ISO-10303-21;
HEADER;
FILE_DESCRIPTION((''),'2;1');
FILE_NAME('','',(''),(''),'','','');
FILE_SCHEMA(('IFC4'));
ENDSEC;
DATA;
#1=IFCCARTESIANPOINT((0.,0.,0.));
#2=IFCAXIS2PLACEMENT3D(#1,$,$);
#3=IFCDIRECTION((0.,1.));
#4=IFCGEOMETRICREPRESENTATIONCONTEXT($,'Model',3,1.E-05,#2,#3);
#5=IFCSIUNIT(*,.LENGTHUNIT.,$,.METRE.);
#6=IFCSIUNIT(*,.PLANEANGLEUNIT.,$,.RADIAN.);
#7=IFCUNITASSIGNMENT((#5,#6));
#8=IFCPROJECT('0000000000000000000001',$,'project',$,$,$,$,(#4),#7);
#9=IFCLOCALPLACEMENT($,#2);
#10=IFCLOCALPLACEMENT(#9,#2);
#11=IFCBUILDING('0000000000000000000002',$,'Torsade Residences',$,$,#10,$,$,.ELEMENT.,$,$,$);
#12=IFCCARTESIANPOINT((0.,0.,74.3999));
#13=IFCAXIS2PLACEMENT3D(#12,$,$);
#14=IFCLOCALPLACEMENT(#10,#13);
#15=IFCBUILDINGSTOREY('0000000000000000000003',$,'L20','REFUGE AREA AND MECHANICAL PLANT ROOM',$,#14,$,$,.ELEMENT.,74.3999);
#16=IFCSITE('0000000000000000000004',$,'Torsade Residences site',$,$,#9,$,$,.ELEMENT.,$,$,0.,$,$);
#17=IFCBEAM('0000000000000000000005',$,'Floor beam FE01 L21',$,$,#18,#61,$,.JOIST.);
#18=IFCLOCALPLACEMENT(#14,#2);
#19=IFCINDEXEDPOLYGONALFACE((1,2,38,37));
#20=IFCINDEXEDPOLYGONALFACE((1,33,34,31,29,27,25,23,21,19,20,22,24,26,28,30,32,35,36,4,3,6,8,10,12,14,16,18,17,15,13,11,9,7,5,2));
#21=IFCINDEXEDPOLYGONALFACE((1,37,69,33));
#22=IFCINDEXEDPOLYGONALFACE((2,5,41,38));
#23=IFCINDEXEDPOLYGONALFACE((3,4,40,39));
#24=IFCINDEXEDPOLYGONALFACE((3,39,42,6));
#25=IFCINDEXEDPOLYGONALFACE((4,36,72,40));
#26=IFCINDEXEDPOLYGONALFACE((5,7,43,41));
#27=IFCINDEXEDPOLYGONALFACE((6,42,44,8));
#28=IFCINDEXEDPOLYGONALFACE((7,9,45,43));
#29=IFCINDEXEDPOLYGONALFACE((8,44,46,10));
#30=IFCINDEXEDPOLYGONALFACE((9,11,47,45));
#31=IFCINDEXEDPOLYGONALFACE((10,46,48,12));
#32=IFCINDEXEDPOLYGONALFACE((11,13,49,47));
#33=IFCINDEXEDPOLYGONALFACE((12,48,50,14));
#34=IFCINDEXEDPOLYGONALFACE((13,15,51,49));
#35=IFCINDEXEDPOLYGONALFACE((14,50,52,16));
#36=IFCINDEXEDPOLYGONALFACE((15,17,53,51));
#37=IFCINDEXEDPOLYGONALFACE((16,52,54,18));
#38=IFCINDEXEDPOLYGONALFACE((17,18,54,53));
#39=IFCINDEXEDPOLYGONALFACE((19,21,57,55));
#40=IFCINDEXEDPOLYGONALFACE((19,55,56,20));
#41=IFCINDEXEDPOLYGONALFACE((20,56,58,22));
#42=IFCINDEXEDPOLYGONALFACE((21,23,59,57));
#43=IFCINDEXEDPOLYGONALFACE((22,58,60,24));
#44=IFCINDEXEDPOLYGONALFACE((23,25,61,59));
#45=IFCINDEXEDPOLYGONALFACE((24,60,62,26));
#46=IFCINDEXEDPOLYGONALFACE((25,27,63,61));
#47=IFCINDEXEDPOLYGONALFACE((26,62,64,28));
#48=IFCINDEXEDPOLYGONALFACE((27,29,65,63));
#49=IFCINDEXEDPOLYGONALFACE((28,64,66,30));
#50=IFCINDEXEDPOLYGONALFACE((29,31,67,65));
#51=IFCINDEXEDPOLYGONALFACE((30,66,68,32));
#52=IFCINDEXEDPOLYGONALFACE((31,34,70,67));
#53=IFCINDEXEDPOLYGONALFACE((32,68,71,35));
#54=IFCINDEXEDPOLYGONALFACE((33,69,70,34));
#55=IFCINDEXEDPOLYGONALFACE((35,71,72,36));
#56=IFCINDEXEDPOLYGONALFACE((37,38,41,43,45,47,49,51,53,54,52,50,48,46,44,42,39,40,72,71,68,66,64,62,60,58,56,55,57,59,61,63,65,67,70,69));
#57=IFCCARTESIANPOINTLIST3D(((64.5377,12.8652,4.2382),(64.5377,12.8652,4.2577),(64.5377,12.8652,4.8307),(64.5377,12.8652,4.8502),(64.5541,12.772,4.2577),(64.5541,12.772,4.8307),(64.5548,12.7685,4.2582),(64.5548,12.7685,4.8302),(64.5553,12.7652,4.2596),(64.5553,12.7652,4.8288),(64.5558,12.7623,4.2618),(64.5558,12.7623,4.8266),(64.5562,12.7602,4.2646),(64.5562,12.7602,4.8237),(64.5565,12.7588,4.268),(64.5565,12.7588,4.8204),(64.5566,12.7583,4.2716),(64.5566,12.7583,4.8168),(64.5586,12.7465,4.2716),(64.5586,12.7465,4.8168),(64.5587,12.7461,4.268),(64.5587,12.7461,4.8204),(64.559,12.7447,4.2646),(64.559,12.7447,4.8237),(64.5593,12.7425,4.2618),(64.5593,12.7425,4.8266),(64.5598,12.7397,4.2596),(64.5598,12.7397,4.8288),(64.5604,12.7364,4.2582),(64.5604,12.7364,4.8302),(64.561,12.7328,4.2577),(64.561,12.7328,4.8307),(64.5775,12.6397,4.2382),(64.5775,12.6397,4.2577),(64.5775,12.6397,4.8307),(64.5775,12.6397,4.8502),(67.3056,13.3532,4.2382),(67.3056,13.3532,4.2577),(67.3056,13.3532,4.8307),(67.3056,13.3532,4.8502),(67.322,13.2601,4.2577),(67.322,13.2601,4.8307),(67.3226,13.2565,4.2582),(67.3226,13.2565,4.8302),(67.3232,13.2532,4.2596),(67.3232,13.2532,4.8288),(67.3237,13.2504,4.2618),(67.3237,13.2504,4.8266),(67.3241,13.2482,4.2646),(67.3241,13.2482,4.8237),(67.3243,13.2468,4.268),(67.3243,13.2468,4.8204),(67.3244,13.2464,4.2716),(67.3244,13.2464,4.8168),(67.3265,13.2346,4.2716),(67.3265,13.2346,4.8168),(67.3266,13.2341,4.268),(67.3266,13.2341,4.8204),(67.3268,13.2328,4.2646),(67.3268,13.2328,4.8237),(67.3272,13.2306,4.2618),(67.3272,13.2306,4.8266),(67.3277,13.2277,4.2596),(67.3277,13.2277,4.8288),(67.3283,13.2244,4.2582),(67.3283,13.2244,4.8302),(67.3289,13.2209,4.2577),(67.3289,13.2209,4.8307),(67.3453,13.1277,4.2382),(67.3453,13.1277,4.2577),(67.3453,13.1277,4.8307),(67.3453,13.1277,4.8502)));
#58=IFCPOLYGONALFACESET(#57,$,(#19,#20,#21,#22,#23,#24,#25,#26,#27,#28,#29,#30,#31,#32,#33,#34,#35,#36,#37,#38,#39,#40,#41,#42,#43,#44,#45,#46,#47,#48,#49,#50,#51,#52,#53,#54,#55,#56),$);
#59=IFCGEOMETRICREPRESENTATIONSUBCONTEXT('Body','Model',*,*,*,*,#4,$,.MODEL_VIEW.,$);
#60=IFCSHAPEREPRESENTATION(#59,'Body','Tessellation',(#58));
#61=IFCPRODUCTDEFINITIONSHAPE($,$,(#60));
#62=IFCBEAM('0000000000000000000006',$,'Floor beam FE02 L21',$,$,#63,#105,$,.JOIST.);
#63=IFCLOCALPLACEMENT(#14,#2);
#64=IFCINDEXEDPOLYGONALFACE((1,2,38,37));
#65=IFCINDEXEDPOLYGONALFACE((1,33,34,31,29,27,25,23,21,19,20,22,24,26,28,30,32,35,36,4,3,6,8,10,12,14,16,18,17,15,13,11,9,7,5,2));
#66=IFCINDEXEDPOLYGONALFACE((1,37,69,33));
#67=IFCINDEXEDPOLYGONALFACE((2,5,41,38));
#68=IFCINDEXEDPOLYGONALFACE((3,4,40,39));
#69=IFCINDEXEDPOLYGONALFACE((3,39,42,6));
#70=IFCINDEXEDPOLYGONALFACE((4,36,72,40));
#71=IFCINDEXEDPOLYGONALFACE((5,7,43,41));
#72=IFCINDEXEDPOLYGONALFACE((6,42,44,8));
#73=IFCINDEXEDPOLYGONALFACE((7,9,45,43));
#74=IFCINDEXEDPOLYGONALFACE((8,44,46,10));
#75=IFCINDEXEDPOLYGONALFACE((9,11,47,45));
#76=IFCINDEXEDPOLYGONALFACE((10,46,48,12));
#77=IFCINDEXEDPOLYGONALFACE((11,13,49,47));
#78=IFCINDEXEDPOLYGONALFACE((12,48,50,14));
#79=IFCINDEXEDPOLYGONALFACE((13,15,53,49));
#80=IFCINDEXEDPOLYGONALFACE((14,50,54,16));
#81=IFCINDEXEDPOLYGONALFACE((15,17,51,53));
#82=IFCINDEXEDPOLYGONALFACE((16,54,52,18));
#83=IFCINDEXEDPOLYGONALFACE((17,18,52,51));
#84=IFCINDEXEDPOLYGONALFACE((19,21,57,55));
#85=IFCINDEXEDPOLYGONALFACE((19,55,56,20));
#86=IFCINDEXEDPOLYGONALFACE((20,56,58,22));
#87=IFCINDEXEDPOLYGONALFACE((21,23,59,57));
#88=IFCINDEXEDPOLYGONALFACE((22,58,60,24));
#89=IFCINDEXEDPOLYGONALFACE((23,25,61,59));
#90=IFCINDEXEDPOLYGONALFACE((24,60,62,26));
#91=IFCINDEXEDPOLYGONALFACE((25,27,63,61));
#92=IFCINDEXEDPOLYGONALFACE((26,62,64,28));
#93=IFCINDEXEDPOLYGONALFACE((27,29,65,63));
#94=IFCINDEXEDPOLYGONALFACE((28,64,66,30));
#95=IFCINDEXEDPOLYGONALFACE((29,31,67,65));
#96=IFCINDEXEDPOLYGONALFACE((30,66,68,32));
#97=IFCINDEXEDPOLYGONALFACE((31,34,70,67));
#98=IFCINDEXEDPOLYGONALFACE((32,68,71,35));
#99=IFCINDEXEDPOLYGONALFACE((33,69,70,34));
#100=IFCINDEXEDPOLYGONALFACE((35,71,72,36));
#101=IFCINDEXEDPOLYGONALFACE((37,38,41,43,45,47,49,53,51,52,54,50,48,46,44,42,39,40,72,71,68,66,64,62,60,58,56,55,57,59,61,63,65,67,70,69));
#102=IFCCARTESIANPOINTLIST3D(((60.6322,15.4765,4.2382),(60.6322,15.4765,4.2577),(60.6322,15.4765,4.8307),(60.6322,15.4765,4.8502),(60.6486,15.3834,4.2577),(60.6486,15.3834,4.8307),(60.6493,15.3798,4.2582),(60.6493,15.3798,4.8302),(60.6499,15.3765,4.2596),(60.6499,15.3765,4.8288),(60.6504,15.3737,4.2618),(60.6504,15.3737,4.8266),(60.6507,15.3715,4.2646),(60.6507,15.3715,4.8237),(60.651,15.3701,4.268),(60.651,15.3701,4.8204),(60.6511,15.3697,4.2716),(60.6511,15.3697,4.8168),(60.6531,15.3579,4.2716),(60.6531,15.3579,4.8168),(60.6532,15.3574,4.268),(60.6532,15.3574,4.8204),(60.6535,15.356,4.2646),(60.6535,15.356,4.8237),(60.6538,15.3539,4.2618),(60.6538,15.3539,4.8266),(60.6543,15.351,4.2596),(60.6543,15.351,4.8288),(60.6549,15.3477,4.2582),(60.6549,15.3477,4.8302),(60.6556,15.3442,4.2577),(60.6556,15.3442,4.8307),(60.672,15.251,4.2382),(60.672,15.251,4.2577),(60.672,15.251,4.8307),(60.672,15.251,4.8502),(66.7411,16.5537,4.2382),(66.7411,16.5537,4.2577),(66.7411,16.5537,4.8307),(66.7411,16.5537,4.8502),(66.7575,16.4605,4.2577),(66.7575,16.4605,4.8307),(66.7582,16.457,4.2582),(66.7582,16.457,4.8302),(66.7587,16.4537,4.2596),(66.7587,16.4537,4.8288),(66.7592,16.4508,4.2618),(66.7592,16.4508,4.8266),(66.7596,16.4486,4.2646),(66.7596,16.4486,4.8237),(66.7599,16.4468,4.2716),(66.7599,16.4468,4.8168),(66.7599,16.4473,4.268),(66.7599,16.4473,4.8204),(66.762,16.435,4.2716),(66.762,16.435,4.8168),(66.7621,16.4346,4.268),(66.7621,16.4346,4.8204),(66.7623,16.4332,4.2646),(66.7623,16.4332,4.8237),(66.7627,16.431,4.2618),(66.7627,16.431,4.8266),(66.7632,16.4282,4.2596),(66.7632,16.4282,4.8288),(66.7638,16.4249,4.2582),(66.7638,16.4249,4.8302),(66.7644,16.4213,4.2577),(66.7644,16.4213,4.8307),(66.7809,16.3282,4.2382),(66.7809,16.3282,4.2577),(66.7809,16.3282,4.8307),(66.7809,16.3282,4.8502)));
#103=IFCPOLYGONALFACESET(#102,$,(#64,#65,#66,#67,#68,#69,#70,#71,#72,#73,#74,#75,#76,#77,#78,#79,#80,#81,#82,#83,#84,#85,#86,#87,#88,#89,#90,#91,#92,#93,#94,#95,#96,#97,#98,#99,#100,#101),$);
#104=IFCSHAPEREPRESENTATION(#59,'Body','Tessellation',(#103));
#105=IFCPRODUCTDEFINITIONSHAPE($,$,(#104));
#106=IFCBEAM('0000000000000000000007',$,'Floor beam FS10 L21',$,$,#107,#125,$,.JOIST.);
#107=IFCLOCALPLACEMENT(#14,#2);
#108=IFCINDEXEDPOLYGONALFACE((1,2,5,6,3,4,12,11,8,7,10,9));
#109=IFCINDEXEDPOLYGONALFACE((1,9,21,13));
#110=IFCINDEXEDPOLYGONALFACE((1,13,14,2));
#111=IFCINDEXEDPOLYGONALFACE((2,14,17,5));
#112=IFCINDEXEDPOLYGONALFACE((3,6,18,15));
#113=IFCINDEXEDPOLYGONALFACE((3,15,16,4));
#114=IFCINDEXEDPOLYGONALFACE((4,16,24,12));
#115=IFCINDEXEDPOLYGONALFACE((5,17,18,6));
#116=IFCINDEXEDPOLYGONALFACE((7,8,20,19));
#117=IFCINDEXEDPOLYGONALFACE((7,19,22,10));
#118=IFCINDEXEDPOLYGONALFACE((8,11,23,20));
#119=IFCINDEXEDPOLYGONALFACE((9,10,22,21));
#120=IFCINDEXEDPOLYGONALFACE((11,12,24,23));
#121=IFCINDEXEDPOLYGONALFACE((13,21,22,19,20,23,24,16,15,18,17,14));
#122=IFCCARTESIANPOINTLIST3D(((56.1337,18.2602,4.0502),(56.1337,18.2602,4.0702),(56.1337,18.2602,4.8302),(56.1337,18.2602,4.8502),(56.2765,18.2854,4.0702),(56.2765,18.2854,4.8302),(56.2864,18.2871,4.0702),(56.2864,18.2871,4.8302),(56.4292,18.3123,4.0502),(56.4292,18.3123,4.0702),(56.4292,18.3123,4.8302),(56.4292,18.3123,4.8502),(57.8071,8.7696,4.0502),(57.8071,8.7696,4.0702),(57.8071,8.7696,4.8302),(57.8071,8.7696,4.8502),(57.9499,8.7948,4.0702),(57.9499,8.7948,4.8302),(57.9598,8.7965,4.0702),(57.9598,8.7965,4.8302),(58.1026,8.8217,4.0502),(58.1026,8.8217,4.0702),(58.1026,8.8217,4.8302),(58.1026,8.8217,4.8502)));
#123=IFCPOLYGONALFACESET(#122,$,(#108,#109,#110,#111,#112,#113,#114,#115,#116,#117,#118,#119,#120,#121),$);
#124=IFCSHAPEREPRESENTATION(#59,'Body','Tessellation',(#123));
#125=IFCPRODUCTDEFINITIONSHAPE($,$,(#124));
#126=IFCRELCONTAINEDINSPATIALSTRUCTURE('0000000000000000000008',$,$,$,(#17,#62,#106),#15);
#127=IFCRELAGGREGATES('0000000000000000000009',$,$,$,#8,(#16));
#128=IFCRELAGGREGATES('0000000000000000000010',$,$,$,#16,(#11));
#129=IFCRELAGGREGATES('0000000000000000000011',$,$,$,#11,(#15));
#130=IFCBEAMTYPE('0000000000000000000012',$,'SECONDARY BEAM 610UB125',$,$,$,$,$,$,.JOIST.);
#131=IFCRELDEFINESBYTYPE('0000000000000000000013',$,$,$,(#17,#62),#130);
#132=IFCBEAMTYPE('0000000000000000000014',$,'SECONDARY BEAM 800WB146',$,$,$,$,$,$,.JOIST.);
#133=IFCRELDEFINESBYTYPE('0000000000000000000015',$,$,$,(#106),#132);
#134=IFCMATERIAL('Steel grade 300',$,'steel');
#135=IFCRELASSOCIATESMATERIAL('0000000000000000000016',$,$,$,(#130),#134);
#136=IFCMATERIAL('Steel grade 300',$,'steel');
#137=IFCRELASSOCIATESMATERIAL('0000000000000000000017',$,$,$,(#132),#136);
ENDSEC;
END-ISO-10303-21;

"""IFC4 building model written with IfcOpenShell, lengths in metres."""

from ifc_helpers import new_model, si_unit, direction, frame, origin, origin_2d, place, context, subcontext, project, spatial, i_section, extrude, material, material_profile, profile_set, type_object, element, save


model = new_model("IFC4")

# Units and contexts
model_context = context("Model", 3, precision=1e-05, world=origin(), true_north=direction((0.0, 1.0)))
body_context = subcontext(model_context, "Body", "Model", "MODEL_VIEW")
ifc_project = project(units=[si_unit("LENGTHUNIT", "METRE"), si_unit("PLANEANGLEUNIT", "RADIAN")], contexts=[model_context])

# Site, building, storey
site_placement = place(None, origin())
site = spatial("IfcSite", under=ifc_project, at=site_placement, Name="Torsade Residences site", CompositionType="ELEMENT", RefElevation=0.0)
building_placement = place(site_placement, origin())
building = spatial("IfcBuilding", under=site, at=building_placement, Name="Torsade Residences", CompositionType="ELEMENT")
storey_placement = place(building_placement, frame((0.0, 0.0, 74.3999)))
storey = spatial("IfcBuildingStorey", under=building, at=storey_placement, Name="L20", Description="REFUGE AREA AND MECHANICAL PLANT ROOM", CompositionType="ELEMENT", Elevation=74.3999)

# Beams
ifc_material_1 = material(Name="Steel grade 300", Category="steel")
ifc_material_profile_1 = material_profile(ifc_material_1, i_section(OverallWidth=0.229, OverallDepth=0.6121, WebThickness=0.012, FlangeThickness=0.0195, FilletRadius=0.0139, at=origin_2d()), Name="610UB125")
ifc_profile_set_1 = profile_set([ifc_material_profile_1], Name="Steel grade 300")
beam_type_1 = type_object("IfcBeamType", Name="SECONDARY BEAM 610UB125", PredefinedType="JOIST", material=ifc_profile_set_1)
beam_1_placement = place(storey_placement, frame((67.3254, 13.2405, 4.5442), z_axis=(-0.984808, -0.173647, 0.0), x_axis=(0.173647, -0.984808, 0.0)))
element("IfcBeam", 1, at=beam_1_placement, inside=storey, type_object=beam_type_1, Name="Floor beam FE01 L21", PredefinedType="JOIST", context=body_context, shape_type="SweptSolid", body=[
    extrude(i_section(OverallWidth=0.229, OverallDepth=0.6121, WebThickness=0.012, FlangeThickness=0.0195, FilletRadius=0.0139, at=origin_2d()), origin(), (0.0, 0.0, 1.0), 2.8105),
])
beam_2_placement = place(storey_placement, frame((66.761, 16.4409, 4.5442), z_axis=(-0.984808, -0.173646, 0.0), x_axis=(0.173646, -0.984808, 0.0)))
element("IfcBeam", 2, at=beam_2_placement, inside=storey, type_object=beam_type_1, Name="Floor beam FE02 L21", PredefinedType="JOIST", context=body_context, shape_type="SweptSolid", body=[
    extrude(i_section(OverallWidth=0.229, OverallDepth=0.6121, WebThickness=0.012, FlangeThickness=0.0195, FilletRadius=0.0139, at=origin_2d()), origin(), (0.0, 0.0, 1.0), 6.2031),
])
ifc_material_2 = material(Name="Steel grade 300", Category="steel")
ifc_material_profile_2 = material_profile(ifc_material_2, i_section(OverallWidth=0.3, OverallDepth=0.8, WebThickness=0.01, FlangeThickness=0.02, at=origin_2d()), Name="800WB146")
ifc_profile_set_2 = profile_set([ifc_material_profile_2], Name="Steel grade 300")
beam_type_2 = type_object("IfcBeamType", Name="SECONDARY BEAM 800WB146", PredefinedType="JOIST", material=ifc_profile_set_2)
beam_3_placement = place(storey_placement, frame((57.9548, 8.7957, 4.4502), z_axis=(-0.173639, 0.984809, 0.0), x_axis=(-0.984809, -0.173639, 0.0)))
element("IfcBeam", 3, at=beam_3_placement, inside=storey, type_object=beam_type_2, Name="Floor beam FS10 L21", PredefinedType="JOIST", context=body_context, shape_type="SweptSolid", body=[
    extrude(i_section(OverallWidth=0.3, OverallDepth=0.8, WebThickness=0.01, FlangeThickness=0.02, at=origin_2d()), origin(), (0.0, 0.0, 1.0), 9.637),
])

save(model, "model.ifc")
